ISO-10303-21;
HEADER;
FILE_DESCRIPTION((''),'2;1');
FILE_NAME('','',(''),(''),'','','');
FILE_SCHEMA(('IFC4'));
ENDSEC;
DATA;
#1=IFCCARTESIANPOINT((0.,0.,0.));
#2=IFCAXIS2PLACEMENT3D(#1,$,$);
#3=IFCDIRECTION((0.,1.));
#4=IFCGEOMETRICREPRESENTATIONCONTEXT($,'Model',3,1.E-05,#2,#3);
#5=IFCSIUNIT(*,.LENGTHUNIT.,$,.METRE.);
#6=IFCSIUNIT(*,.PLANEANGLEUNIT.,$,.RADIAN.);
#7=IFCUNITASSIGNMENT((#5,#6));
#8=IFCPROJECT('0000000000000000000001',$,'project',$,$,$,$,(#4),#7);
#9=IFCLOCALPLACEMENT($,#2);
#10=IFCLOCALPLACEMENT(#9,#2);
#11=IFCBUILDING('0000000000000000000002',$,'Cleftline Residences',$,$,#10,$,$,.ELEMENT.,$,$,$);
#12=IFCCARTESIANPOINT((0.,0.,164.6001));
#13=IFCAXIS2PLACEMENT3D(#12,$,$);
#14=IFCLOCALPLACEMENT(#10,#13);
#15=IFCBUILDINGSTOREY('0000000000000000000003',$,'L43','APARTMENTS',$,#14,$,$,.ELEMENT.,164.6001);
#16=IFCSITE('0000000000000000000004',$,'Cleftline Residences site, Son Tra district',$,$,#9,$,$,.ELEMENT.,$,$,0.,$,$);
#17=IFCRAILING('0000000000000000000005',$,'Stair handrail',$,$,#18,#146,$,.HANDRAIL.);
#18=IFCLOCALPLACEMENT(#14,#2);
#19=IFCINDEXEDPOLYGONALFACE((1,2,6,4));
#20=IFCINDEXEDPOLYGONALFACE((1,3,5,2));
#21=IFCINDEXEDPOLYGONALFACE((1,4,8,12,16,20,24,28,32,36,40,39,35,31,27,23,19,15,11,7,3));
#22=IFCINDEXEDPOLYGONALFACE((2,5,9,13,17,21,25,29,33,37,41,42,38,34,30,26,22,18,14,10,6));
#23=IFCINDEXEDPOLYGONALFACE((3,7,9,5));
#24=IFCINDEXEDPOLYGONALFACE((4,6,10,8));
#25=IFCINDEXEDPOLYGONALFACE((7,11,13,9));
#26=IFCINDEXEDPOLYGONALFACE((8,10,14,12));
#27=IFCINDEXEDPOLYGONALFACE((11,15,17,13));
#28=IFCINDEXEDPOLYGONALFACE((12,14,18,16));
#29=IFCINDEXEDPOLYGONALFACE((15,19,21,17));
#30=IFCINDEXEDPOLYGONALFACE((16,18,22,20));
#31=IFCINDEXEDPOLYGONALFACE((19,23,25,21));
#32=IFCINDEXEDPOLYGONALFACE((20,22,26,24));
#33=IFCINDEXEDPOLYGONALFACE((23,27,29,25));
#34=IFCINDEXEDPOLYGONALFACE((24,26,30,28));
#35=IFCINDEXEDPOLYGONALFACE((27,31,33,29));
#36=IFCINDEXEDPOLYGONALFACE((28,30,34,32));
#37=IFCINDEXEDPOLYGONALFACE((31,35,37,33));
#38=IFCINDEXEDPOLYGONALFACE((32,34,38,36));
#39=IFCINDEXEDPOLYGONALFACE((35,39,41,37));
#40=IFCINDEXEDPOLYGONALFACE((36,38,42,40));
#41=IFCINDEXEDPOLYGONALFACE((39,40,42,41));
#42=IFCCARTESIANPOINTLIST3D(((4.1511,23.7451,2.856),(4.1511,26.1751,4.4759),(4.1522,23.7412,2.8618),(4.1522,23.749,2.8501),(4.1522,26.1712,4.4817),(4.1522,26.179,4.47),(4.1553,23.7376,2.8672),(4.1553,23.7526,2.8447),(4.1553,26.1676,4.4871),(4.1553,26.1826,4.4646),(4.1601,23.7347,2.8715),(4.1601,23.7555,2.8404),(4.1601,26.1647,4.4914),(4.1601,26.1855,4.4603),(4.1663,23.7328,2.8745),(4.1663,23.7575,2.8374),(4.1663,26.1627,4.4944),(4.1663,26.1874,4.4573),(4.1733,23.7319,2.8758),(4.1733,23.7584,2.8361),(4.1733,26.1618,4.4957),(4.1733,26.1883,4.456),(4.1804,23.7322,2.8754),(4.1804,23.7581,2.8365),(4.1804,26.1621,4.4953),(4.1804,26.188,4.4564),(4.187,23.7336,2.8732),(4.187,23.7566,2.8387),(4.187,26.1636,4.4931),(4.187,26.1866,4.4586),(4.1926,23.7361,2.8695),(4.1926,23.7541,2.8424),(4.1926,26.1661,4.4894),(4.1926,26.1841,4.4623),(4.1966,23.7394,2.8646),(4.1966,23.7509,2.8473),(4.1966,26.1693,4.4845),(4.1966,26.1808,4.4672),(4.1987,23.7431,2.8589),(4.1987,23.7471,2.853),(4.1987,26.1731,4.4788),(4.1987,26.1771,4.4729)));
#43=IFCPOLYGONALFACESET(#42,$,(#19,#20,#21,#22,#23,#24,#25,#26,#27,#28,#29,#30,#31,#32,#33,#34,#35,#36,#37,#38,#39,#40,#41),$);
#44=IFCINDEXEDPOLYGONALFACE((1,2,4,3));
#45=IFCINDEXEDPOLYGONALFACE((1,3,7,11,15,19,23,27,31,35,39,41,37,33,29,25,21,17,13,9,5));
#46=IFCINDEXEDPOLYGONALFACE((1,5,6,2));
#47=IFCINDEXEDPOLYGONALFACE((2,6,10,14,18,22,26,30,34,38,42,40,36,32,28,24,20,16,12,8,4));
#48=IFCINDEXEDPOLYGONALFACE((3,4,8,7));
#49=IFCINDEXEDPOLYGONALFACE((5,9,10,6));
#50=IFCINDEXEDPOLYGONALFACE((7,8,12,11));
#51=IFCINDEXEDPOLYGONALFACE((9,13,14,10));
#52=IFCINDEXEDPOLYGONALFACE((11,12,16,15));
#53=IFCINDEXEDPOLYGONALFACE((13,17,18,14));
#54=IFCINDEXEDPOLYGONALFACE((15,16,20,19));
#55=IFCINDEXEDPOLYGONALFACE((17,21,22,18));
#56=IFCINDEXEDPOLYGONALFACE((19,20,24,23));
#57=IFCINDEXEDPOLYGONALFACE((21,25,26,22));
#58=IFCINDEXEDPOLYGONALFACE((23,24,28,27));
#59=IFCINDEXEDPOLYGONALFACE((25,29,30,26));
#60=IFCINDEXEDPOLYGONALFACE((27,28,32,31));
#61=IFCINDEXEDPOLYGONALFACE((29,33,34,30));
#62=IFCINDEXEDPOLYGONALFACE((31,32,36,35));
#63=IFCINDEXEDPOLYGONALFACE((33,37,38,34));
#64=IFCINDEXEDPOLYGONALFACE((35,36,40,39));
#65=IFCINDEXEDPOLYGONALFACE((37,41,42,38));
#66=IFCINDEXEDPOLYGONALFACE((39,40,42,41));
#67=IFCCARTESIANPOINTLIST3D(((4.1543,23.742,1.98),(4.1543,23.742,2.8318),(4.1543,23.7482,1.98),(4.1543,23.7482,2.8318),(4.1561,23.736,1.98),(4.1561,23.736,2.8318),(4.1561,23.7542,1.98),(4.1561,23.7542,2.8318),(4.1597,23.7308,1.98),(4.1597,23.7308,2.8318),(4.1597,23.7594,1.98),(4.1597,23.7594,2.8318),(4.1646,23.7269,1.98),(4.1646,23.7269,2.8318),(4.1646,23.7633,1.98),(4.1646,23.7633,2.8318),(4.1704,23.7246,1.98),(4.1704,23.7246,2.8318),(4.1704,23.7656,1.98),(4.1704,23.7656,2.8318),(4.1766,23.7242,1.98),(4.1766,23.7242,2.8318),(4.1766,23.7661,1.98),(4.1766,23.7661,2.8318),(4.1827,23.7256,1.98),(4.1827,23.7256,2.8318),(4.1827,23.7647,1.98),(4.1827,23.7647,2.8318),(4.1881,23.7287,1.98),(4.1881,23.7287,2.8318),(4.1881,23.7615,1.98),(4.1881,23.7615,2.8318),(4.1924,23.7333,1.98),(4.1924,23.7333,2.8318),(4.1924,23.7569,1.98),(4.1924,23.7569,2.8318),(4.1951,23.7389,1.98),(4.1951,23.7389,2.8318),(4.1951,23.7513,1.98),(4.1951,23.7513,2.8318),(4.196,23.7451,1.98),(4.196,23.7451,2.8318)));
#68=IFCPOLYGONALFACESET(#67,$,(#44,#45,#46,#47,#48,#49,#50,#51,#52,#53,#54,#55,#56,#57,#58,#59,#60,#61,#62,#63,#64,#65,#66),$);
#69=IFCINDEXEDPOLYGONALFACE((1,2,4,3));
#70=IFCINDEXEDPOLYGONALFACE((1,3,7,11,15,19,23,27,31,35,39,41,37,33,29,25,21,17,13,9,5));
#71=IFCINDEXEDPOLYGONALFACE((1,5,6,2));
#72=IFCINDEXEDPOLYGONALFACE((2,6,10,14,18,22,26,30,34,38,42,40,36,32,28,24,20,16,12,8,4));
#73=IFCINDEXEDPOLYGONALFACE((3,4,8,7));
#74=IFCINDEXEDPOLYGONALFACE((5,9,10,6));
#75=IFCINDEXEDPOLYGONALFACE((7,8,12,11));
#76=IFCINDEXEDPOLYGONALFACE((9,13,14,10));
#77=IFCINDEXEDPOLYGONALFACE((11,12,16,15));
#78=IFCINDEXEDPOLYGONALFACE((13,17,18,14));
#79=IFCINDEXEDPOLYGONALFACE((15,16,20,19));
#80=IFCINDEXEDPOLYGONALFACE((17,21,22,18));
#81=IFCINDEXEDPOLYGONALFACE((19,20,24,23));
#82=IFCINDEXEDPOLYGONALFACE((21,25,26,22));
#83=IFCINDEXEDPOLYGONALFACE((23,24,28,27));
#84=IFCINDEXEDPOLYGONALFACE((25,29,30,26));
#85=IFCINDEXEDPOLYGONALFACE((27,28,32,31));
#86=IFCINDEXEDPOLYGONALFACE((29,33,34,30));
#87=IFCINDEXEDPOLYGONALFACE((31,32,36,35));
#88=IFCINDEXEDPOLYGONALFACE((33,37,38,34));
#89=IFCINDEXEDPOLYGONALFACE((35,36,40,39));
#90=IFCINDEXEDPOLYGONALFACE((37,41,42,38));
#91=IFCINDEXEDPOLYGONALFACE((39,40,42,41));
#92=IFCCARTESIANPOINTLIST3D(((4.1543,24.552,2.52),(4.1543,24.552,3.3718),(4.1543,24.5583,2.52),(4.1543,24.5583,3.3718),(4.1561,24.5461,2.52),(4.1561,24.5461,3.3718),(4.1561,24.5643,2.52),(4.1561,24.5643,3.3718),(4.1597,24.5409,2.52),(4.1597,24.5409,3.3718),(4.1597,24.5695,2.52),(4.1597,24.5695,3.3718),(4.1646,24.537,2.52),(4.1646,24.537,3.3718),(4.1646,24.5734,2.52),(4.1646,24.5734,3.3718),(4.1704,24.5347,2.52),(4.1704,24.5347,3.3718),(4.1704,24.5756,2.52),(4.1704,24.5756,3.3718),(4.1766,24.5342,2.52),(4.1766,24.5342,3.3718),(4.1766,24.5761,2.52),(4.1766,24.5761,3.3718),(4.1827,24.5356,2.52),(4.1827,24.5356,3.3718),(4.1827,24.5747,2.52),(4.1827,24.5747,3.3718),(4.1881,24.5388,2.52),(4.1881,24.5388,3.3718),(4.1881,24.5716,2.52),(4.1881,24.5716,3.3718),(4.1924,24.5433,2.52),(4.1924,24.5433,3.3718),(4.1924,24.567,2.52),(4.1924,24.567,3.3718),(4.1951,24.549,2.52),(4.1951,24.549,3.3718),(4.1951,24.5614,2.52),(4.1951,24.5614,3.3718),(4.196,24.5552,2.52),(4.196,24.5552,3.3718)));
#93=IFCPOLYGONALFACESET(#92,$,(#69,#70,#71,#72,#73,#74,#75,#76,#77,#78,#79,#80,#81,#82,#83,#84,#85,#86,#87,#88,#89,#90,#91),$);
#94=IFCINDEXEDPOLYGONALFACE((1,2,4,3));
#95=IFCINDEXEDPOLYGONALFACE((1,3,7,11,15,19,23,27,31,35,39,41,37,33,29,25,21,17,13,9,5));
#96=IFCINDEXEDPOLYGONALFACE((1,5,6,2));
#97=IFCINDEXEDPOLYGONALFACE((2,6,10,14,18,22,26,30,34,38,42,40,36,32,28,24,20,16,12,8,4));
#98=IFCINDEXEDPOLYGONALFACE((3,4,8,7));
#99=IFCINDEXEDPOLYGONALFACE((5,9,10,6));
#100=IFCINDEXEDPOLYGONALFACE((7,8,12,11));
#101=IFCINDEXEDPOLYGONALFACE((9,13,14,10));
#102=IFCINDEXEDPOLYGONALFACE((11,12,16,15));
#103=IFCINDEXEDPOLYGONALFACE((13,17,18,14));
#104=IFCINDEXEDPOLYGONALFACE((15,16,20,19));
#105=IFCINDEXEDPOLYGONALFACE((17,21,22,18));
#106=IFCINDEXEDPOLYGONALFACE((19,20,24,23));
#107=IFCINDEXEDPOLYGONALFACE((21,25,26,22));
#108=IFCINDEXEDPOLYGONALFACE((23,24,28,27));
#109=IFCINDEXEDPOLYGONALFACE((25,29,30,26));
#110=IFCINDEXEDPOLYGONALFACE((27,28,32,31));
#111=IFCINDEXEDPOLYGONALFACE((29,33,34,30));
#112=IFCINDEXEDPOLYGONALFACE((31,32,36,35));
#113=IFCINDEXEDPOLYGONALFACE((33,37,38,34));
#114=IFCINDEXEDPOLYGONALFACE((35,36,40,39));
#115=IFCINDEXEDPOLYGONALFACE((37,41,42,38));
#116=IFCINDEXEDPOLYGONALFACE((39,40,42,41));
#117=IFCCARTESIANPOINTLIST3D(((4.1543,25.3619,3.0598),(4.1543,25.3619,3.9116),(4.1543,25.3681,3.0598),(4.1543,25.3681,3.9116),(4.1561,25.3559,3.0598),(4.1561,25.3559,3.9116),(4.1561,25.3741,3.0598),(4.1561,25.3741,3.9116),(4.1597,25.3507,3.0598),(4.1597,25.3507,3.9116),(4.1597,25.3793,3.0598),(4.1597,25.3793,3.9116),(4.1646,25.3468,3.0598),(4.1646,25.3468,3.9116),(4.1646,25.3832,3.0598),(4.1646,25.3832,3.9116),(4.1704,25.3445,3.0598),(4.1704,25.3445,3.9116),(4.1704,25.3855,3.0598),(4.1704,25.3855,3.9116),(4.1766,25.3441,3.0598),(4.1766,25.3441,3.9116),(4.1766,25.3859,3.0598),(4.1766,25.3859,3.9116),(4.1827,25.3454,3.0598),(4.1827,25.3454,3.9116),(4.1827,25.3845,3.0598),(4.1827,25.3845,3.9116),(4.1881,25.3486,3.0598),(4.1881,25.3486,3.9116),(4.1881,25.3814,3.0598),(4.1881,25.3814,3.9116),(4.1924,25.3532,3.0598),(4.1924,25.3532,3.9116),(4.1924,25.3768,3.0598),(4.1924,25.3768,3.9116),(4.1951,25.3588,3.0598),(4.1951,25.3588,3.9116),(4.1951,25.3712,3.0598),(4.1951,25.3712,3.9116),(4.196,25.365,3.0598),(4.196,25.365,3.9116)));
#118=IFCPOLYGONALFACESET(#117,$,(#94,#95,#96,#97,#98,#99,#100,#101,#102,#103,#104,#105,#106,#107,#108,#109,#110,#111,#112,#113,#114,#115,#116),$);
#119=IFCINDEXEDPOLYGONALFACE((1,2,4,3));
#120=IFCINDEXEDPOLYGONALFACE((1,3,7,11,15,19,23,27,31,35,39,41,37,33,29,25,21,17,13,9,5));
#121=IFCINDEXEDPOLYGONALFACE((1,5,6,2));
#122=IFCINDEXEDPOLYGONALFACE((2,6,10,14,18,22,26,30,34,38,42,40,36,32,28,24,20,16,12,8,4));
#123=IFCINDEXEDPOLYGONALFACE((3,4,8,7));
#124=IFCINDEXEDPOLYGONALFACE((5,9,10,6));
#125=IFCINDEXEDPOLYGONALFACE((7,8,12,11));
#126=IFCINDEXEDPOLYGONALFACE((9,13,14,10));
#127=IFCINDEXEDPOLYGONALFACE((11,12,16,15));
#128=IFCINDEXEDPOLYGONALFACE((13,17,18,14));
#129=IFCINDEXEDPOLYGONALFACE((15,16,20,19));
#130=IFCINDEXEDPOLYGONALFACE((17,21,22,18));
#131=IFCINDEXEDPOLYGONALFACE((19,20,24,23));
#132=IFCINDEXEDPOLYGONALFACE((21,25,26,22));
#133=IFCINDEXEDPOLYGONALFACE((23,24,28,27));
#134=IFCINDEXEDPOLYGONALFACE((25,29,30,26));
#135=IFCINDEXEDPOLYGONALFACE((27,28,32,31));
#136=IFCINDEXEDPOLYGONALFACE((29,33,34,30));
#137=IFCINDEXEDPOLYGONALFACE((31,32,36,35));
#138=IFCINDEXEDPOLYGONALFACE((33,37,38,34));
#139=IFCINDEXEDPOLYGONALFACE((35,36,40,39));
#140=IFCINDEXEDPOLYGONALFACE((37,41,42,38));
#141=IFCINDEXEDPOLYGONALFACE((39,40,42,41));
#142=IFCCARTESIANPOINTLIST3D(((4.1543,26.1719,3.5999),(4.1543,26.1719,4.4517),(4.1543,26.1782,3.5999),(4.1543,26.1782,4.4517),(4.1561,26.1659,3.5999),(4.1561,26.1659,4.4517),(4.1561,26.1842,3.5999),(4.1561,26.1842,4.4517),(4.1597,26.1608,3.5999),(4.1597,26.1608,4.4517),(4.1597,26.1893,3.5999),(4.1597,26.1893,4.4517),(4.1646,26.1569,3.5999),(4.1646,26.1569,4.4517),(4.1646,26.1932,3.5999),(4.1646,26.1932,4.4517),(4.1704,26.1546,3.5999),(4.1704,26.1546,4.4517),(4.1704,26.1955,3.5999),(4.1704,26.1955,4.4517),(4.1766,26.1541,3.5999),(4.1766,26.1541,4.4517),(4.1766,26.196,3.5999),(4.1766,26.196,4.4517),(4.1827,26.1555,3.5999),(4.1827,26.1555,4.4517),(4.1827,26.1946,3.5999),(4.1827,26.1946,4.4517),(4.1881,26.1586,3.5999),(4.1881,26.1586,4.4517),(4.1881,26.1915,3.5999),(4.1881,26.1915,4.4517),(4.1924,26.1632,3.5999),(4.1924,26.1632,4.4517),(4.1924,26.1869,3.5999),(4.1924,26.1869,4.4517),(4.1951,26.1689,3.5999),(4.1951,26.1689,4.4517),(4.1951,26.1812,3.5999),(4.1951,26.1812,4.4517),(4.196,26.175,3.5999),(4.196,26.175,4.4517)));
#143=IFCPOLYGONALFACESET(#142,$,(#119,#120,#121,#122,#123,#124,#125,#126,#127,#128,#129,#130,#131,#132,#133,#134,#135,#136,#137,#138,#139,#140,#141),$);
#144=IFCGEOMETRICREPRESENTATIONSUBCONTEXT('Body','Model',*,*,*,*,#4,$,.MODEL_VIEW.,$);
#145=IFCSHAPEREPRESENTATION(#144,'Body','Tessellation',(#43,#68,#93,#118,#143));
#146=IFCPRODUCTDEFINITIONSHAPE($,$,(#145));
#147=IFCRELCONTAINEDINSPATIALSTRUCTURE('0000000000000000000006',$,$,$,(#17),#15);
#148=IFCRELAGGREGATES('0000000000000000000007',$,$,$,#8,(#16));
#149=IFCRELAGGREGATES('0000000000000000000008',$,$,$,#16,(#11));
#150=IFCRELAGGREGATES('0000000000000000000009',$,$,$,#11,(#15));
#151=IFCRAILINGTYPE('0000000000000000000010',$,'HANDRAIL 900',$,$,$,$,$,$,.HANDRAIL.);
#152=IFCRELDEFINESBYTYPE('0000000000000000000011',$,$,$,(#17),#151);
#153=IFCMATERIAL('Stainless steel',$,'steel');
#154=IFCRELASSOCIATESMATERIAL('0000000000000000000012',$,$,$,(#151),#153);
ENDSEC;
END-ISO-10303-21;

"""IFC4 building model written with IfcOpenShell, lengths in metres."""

from ifc_helpers import new_model, si_unit, direction, frame, origin, origin_2d, place, context, subcontext, project, spatial, circle, extrude, material, type_object, element, save


model = new_model("IFC4")

# Units and contexts
model_context = context("Model", 3, precision=1e-05, world=origin(), true_north=direction((0.0, 1.0)))
body_context = subcontext(model_context, "Body", "Model", "MODEL_VIEW")
ifc_project = project(units=[si_unit("LENGTHUNIT", "METRE"), si_unit("PLANEANGLEUNIT", "RADIAN")], contexts=[model_context])

# Site, building, storey
site_placement = place(None, origin())
site = spatial("IfcSite", under=ifc_project, at=site_placement, Name="Cleftline Residences site, Son Tra district", CompositionType="ELEMENT", RefElevation=0.0)
building_placement = place(site_placement, origin())
building = spatial("IfcBuilding", under=site, at=building_placement, Name="Cleftline Residences", CompositionType="ELEMENT")
storey_placement = place(building_placement, frame((0.0, 0.0, 164.6001)))
storey = spatial("IfcBuildingStorey", under=building, at=storey_placement, Name="L43", Description="APARTMENTS", CompositionType="ELEMENT", Elevation=164.6001)

# Railing
ifc_material_1 = material(Name="Stainless steel", Category="steel")
railing_type = type_object("IfcRailingType", Name="HANDRAIL 900", PredefinedType="HANDRAIL", material=ifc_material_1)
railing_1_placement = place(storey_placement, frame((4.175, 23.7451, 1.98)))
element("IfcRailing", 1, at=railing_1_placement, inside=storey, type_object=railing_type, Name="Stair handrail", PredefinedType="HANDRAIL", context=body_context, shape_type="SweptSolid", body=[
    extrude(circle(Radius=0.0239, at=origin_2d()), frame((0.0, 0.0, 0.876), z_axis=(0.0, 0.832063, 0.554681), x_axis=(-1.0, 0.0, 0.0)), (0.0, 0.0, 1.0), 2.9204),
    extrude(circle(Radius=0.021, at=origin_2d()), origin(), (0.0, 0.0, 1.0), 0.8518),
    extrude(circle(Radius=0.021, at=origin_2d()), frame((0.0, 0.8101, 0.54)), (0.0, 0.0, 1.0), 0.8518),
    extrude(circle(Radius=0.021, at=origin_2d()), frame((0.0, 1.6199, 1.0798)), (0.0, 0.0, 1.0), 0.8518),
    extrude(circle(Radius=0.021, at=origin_2d()), frame((0.0, 2.4299, 1.6199)), (0.0, 0.0, 1.0), 0.8518),
])

save(model, "model.ifc")
